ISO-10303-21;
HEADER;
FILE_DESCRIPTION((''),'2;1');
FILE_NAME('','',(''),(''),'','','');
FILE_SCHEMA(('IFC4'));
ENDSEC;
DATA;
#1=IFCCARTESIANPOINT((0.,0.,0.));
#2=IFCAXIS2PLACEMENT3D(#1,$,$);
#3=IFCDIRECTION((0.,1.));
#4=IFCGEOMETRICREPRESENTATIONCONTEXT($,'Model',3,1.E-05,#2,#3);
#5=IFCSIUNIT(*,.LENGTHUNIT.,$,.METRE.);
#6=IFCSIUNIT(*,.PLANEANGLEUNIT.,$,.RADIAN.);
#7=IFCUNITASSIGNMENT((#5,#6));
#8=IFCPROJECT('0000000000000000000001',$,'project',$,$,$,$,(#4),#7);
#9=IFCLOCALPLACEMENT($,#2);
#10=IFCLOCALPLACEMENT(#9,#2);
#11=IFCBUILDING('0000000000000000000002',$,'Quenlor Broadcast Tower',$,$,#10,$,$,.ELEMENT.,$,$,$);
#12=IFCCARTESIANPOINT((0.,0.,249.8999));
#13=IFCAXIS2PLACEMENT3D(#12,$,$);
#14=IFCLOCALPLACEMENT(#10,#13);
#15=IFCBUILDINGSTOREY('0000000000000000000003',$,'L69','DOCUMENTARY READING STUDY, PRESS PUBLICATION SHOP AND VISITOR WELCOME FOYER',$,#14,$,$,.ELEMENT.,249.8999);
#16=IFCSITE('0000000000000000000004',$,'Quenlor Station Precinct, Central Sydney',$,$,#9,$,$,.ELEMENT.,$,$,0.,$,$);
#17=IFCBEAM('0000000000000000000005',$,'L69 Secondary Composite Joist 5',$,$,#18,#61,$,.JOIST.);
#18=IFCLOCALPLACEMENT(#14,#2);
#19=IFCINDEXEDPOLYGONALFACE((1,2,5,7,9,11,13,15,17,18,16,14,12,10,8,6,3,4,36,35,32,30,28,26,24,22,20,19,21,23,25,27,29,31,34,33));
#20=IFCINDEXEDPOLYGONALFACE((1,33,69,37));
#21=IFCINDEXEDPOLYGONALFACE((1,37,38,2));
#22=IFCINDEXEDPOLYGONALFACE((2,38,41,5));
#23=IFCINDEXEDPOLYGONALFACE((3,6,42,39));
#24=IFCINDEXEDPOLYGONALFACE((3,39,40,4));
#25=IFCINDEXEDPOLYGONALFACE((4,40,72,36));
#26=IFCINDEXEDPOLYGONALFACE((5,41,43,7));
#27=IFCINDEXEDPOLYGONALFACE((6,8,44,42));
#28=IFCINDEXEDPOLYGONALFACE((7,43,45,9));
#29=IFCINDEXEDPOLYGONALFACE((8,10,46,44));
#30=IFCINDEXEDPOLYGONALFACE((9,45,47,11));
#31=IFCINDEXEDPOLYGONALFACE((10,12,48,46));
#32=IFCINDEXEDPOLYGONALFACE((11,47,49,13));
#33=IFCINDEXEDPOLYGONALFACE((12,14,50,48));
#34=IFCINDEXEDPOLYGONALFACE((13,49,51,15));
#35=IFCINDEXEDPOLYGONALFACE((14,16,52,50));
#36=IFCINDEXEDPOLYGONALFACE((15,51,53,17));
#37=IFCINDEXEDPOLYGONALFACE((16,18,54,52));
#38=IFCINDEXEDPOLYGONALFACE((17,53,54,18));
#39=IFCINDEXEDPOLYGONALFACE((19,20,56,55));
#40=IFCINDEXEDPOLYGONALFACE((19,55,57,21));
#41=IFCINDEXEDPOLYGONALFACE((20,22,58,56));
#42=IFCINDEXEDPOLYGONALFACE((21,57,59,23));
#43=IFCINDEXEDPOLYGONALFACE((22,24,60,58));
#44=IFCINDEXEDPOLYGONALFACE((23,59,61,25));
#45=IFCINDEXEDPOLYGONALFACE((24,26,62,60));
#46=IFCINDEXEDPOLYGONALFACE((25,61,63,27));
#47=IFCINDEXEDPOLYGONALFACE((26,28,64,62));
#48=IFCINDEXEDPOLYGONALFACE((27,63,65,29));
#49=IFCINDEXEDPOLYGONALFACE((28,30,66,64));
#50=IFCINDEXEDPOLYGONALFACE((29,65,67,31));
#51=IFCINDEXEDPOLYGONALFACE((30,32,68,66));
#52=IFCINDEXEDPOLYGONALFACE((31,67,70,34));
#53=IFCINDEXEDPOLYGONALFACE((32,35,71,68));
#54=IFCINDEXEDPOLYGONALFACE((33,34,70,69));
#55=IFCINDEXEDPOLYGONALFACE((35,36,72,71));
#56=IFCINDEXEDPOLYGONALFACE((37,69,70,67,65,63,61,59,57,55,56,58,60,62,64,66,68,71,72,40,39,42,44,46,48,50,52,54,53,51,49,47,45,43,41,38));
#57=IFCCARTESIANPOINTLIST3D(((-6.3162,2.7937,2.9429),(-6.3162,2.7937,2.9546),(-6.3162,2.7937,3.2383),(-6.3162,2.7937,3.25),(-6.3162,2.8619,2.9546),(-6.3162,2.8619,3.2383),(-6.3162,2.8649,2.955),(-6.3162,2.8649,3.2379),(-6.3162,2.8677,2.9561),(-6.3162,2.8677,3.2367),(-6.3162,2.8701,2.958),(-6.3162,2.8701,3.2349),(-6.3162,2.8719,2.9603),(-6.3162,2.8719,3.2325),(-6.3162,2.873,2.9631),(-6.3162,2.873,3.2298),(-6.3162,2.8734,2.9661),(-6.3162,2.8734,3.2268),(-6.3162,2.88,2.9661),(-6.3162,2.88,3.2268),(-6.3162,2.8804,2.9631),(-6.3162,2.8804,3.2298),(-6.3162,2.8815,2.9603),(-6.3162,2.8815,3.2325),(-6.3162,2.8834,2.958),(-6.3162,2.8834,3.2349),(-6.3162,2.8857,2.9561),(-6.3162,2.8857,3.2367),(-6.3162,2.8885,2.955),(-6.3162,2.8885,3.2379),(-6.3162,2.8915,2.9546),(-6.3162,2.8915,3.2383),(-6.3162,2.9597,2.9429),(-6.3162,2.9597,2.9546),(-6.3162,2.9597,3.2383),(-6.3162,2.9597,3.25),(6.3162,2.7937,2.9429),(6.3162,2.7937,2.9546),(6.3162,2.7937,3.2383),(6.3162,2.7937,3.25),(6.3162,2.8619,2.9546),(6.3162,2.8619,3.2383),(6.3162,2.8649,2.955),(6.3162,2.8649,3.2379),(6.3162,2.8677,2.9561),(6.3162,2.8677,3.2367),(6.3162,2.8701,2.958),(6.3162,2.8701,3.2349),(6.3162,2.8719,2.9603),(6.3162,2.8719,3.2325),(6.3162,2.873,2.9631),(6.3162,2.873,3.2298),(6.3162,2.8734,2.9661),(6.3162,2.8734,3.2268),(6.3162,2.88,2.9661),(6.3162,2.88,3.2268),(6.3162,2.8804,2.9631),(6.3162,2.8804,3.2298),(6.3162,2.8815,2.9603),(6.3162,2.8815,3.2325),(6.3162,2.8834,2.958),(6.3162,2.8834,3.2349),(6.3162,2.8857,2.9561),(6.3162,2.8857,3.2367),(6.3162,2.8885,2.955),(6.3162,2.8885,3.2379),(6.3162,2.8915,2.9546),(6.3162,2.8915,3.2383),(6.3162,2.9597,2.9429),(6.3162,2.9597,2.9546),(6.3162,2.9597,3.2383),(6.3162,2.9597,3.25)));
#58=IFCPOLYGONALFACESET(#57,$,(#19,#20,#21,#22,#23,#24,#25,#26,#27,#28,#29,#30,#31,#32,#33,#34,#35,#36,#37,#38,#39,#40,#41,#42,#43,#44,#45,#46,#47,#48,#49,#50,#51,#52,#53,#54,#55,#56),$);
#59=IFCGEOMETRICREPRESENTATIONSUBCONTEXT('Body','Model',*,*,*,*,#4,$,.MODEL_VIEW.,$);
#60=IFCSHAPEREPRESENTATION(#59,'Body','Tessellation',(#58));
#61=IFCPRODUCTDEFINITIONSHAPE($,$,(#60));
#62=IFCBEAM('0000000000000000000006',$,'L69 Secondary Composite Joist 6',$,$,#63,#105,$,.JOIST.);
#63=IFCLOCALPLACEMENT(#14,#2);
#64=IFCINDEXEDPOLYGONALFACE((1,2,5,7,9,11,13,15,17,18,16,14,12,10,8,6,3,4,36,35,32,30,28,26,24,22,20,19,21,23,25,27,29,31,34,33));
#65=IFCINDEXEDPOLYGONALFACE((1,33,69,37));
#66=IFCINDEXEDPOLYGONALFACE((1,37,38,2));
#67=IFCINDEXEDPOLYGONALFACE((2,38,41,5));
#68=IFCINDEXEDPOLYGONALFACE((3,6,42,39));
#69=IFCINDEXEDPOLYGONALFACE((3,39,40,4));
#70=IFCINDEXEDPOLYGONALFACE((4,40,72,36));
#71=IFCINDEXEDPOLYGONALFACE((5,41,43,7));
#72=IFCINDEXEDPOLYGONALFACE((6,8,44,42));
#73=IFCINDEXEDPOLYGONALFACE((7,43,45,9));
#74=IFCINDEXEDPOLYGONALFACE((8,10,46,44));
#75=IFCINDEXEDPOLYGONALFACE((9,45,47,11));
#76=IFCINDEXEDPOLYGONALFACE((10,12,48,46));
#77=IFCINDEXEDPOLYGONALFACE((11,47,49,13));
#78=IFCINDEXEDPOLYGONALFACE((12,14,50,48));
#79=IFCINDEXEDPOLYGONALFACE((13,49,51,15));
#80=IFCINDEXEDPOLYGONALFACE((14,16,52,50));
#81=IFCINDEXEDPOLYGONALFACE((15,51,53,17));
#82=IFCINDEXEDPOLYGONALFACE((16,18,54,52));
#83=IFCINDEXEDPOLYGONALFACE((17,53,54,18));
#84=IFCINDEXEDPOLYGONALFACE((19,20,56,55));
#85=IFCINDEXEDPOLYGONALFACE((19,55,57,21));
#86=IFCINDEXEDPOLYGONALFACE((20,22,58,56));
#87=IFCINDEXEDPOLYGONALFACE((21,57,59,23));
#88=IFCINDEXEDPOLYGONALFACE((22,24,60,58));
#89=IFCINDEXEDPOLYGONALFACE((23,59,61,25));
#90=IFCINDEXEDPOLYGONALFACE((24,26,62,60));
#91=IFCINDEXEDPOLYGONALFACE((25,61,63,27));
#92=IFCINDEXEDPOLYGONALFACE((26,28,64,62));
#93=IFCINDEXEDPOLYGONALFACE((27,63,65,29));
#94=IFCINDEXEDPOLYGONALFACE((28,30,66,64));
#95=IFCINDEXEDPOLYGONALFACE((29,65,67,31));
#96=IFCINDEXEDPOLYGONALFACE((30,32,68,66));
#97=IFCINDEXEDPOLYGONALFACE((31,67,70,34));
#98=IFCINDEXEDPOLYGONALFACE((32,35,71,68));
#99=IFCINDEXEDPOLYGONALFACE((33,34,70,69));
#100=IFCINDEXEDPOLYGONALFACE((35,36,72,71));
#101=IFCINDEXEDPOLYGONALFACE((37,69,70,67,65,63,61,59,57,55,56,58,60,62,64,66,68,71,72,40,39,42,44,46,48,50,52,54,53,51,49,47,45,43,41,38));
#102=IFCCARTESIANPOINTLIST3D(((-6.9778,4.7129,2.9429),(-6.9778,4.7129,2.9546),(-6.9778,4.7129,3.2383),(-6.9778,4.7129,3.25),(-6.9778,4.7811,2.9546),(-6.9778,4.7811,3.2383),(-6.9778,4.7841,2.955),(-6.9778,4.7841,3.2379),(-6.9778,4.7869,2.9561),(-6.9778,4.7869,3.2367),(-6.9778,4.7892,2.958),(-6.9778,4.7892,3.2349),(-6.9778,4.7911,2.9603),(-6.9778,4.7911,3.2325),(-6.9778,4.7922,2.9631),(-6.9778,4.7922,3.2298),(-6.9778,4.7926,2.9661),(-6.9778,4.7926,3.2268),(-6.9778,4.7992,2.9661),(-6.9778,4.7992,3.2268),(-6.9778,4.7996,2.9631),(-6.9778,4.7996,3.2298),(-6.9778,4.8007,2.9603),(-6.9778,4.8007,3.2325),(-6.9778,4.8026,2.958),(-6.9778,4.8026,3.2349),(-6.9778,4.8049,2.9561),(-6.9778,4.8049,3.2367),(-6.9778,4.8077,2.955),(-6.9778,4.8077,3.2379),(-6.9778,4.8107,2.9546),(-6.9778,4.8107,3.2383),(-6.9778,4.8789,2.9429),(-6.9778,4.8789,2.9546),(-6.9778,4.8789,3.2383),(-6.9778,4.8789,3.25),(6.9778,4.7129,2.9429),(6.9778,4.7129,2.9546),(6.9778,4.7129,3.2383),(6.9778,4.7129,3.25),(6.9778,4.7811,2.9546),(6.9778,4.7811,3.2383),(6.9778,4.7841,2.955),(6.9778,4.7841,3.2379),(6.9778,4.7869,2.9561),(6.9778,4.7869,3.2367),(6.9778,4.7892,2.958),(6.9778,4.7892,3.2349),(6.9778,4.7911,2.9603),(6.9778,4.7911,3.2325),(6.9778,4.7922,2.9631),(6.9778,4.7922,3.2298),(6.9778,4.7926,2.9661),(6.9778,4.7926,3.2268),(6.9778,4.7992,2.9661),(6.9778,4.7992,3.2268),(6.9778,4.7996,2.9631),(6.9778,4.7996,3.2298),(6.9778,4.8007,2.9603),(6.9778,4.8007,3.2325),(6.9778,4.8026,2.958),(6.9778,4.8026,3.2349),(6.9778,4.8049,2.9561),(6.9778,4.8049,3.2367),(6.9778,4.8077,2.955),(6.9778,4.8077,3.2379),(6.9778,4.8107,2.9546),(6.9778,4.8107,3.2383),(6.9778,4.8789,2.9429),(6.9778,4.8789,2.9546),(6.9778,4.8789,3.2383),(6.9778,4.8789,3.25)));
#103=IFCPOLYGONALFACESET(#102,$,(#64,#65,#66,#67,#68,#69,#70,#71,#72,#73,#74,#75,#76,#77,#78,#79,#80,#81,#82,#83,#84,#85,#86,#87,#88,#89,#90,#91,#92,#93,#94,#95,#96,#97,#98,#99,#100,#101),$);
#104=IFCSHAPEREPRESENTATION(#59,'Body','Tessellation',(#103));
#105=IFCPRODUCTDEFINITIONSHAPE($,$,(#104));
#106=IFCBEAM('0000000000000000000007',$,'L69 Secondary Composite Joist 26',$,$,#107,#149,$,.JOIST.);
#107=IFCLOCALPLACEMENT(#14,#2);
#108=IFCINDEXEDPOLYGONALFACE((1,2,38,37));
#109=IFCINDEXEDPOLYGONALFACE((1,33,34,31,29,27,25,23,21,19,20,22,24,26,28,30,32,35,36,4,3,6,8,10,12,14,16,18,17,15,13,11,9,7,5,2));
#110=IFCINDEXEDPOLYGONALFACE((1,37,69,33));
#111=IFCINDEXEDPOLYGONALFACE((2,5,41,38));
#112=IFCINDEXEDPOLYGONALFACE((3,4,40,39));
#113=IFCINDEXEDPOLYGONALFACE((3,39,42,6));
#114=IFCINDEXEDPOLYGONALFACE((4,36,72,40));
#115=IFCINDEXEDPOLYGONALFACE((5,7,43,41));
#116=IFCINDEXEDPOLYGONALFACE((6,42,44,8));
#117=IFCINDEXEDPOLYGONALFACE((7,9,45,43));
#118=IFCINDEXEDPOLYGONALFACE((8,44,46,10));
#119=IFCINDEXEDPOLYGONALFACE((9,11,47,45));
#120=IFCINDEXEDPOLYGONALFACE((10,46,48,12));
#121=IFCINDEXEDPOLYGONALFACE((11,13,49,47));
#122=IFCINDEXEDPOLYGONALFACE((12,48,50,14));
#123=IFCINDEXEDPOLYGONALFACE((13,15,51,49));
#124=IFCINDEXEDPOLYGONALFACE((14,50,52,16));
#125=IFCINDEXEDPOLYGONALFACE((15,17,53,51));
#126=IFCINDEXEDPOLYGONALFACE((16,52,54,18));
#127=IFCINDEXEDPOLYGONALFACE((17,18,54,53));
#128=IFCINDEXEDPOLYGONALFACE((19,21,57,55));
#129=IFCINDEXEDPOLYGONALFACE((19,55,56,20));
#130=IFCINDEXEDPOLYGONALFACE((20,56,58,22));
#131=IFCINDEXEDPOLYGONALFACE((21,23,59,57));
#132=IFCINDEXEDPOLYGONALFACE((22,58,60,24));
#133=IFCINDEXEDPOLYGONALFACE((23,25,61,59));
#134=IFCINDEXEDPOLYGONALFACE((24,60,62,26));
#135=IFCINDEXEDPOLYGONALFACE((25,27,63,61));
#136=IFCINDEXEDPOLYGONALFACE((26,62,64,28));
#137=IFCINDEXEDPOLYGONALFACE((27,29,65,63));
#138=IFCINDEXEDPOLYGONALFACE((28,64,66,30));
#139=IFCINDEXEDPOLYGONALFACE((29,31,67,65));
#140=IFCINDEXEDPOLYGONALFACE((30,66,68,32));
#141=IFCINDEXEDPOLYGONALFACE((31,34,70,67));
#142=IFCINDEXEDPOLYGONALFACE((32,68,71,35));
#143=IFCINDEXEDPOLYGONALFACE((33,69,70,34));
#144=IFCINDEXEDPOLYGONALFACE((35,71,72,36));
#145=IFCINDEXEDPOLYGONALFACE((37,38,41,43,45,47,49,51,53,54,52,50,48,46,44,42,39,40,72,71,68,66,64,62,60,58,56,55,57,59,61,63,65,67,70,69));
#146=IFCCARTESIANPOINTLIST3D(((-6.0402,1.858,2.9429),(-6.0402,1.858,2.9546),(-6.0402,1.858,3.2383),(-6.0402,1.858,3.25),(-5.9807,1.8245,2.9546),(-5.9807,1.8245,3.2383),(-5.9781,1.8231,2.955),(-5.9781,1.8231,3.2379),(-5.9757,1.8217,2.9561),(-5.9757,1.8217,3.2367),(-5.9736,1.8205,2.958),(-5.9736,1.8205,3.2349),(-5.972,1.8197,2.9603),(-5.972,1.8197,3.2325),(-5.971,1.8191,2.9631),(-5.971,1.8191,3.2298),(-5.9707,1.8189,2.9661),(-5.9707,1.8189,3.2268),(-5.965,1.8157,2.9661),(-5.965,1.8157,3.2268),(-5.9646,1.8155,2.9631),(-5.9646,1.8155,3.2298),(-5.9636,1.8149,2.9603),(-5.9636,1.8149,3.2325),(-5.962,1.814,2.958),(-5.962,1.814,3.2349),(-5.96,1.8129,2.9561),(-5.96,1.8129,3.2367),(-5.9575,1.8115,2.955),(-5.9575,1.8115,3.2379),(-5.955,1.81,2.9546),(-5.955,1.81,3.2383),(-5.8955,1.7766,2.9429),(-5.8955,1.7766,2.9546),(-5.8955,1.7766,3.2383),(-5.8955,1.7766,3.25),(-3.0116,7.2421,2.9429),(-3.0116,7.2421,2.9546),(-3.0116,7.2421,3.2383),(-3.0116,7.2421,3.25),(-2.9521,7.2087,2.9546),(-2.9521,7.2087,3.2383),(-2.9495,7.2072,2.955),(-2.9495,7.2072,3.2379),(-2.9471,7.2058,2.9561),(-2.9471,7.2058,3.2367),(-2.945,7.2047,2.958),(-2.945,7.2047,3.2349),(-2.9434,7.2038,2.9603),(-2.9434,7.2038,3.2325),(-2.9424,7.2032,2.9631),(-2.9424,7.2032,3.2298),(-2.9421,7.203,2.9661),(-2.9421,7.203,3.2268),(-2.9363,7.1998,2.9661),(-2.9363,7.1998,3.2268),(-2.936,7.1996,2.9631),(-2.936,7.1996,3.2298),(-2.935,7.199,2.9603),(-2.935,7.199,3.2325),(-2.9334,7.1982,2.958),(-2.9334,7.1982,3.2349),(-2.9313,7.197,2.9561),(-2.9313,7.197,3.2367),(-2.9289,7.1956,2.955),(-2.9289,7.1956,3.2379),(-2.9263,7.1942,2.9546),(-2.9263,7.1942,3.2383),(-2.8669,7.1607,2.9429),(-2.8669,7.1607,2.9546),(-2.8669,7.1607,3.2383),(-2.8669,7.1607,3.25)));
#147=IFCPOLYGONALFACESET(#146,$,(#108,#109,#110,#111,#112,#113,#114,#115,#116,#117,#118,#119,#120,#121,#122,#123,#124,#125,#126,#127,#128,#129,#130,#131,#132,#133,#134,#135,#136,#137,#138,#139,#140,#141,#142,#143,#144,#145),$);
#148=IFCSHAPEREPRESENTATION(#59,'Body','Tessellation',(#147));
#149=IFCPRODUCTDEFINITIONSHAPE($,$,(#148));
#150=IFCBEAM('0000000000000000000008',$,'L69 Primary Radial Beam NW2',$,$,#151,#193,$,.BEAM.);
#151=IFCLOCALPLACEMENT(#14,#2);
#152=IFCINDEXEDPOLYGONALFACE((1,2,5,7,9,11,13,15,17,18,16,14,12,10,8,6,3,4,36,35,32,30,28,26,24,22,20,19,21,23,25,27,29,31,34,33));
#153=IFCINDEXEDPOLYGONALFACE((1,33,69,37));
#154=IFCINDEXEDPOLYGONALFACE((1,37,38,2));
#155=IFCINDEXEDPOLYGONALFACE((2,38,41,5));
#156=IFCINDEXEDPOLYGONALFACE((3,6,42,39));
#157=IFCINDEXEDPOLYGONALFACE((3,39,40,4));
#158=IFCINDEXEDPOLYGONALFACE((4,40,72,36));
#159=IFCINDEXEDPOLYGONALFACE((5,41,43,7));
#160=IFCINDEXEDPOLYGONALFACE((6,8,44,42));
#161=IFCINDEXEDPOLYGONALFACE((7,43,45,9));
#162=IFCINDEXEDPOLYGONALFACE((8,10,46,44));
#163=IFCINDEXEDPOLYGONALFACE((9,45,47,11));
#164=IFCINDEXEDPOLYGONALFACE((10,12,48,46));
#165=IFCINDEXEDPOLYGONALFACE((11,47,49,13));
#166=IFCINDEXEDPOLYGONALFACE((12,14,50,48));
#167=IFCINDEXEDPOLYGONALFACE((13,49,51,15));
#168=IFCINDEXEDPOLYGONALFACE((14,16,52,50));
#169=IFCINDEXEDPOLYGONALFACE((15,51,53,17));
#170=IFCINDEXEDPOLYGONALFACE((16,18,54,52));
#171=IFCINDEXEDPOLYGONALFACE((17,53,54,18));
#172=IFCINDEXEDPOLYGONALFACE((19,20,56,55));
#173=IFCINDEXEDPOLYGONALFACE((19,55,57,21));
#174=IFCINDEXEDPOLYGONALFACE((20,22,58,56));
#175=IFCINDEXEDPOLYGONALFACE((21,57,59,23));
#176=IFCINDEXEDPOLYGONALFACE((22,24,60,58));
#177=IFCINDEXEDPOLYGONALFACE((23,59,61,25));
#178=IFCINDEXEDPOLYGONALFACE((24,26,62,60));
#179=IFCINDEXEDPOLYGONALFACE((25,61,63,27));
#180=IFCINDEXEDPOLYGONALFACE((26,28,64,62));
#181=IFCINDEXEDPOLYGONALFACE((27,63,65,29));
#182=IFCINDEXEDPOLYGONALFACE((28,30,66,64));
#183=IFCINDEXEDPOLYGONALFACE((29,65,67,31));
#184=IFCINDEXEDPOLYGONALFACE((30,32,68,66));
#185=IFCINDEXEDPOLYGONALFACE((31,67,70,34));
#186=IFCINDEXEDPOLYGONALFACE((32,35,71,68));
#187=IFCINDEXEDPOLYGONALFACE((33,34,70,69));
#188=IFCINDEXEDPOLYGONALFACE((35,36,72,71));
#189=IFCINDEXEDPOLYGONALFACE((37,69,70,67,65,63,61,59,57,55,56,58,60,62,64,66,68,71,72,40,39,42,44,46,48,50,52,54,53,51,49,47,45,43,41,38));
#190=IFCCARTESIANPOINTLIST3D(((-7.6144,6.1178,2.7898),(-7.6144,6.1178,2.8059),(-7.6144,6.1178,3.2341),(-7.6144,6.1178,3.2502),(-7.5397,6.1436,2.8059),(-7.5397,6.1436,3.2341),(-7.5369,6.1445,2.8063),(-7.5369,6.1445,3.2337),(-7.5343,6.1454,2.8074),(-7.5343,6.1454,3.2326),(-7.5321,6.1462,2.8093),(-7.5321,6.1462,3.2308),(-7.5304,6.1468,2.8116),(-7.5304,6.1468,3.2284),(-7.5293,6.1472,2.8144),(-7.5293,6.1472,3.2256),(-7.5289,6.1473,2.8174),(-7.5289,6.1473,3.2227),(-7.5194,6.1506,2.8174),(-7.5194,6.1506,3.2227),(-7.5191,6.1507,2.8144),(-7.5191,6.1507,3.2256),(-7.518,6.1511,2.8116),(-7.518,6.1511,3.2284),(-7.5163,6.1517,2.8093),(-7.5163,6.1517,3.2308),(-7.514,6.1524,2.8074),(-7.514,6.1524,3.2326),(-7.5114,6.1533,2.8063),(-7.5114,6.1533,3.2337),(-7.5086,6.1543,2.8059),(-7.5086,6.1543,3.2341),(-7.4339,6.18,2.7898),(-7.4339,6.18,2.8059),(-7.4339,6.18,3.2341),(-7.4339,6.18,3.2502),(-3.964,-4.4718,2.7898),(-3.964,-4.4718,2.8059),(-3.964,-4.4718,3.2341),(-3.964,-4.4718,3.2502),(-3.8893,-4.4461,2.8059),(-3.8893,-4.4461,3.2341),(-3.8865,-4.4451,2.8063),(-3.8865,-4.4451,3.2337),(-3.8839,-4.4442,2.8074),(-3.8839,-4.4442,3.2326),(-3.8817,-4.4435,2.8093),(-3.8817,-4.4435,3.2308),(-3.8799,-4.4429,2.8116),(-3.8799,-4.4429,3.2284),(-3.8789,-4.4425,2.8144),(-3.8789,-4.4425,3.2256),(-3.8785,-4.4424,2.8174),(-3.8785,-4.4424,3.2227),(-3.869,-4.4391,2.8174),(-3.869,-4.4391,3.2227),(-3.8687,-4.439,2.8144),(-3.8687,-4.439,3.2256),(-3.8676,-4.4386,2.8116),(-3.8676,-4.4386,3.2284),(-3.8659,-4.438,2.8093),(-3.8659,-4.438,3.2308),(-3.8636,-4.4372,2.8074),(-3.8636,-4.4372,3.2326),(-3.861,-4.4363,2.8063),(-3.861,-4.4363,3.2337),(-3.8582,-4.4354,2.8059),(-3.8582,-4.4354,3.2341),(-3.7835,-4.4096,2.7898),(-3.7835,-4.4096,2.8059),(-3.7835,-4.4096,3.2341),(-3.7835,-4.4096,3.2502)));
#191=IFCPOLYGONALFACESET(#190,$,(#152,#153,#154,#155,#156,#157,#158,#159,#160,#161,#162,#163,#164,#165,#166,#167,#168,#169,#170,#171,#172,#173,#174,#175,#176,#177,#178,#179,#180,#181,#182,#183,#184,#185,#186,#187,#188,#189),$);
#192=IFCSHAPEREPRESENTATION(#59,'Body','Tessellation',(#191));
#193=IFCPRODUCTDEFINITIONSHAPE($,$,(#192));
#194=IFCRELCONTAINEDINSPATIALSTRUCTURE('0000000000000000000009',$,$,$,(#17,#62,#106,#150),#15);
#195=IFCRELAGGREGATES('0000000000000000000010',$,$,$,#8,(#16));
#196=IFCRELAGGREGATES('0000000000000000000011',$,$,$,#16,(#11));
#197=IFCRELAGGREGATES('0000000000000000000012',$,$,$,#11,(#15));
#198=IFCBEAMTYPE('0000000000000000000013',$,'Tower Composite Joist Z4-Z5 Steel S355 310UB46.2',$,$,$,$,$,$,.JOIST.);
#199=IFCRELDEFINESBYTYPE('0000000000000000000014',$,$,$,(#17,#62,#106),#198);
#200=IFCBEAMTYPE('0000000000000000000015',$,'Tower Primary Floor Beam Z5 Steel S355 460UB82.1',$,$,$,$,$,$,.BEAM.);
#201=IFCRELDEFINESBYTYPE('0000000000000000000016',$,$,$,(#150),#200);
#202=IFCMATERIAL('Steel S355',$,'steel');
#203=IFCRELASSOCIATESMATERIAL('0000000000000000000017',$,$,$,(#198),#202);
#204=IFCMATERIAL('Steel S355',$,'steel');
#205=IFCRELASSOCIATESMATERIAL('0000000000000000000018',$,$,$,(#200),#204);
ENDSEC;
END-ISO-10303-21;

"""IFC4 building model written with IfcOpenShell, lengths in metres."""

from ifc_helpers import new_model, si_unit, direction, frame, origin, origin_2d, place, context, subcontext, project, spatial, i_section, extrude, material, material_profile, profile_set, type_object, element, save


model = new_model("IFC4")

# Units and contexts
model_context = context("Model", 3, precision=1e-05, world=origin(), true_north=direction((0.0, 1.0)))
body_context = subcontext(model_context, "Body", "Model", "MODEL_VIEW")
ifc_project = project(units=[si_unit("LENGTHUNIT", "METRE"), si_unit("PLANEANGLEUNIT", "RADIAN")], contexts=[model_context])

# Site, building, storey
site_placement = place(None, origin())
site = spatial("IfcSite", under=ifc_project, at=site_placement, Name="Quenlor Station Precinct, Central Sydney", CompositionType="ELEMENT", RefElevation=0.0)
building_placement = place(site_placement, origin())
building = spatial("IfcBuilding", under=site, at=building_placement, Name="Quenlor Broadcast Tower", CompositionType="ELEMENT")
storey_placement = place(building_placement, frame((0.0, 0.0, 249.8999)))
storey = spatial("IfcBuildingStorey", under=building, at=storey_placement, Name="L69", Description="DOCUMENTARY READING STUDY, PRESS PUBLICATION SHOP AND VISITOR WELCOME FOYER", CompositionType="ELEMENT", Elevation=249.8999)

# Beams
ifc_material_1 = material(Name="Steel S355", Category="steel")
ifc_material_profile_1 = material_profile(ifc_material_1, i_section(OverallWidth=0.166, OverallDepth=0.3071, WebThickness=0.0066, FlangeThickness=0.0117, FilletRadius=0.0115, at=origin_2d()))
ifc_profile_set_1 = profile_set([ifc_material_profile_1], Name="Steel S355 310UB46.2")
beam_type_1 = type_object("IfcBeamType", Name="Tower Composite Joist Z4-Z5 Steel S355 310UB46.2", PredefinedType="JOIST", material=ifc_profile_set_1)
beam_1_placement = place(storey_placement, frame((-6.3162, 2.8767, 3.0964), z_axis=(1.0, 0.0, 0.0), x_axis=(0.0, 1.0, 0.0)))
element("IfcBeam", 1, at=beam_1_placement, inside=storey, type_object=beam_type_1, Name="L69 Secondary Composite Joist 5", PredefinedType="JOIST", context=body_context, shape_type="SweptSolid", body=[
    extrude(i_section(OverallWidth=0.166, OverallDepth=0.3071, WebThickness=0.0066, FlangeThickness=0.0117, FilletRadius=0.0115, at=origin_2d()), origin(), (0.0, 0.0, 1.0), 12.6323),
])
beam_2_placement = place(storey_placement, frame((-6.9778, 4.7959, 3.0964), z_axis=(1.0, 0.0, 0.0), x_axis=(0.0, 1.0, 0.0)))
element("IfcBeam", 2, at=beam_2_placement, inside=storey, type_object=beam_type_1, Name="L69 Secondary Composite Joist 6", PredefinedType="JOIST", context=body_context, shape_type="SweptSolid", body=[
    extrude(i_section(OverallWidth=0.166, OverallDepth=0.3071, WebThickness=0.0066, FlangeThickness=0.0117, FilletRadius=0.0115, at=origin_2d()), origin(), (0.0, 0.0, 1.0), 13.9556),
])
beam_3_placement = place(storey_placement, frame((-2.9392, 7.2014, 3.0964), z_axis=(-0.490267, -0.871572, 0.0), x_axis=(0.871572, -0.490267, 0.0)))
element("IfcBeam", 3, at=beam_3_placement, inside=storey, type_object=beam_type_1, Name="L69 Secondary Composite Joist 26", PredefinedType="JOIST", context=body_context, shape_type="SweptSolid", body=[
    extrude(i_section(OverallWidth=0.166, OverallDepth=0.3071, WebThickness=0.0066, FlangeThickness=0.0117, FilletRadius=0.0115, at=origin_2d()), origin(), (0.0, 0.0, 1.0), 6.1775),
])
ifc_material_2 = material(Name="Steel S355", Category="steel")
ifc_material_profile_2 = material_profile(ifc_material_2, i_section(OverallWidth=0.1909, OverallDepth=0.4604, WebThickness=0.01, FlangeThickness=0.0161, FilletRadius=0.0115, at=origin_2d()))
ifc_profile_set_2 = profile_set([ifc_material_profile_2], Name="Steel S355 460UB82.1")
beam_type_2 = type_object("IfcBeamType", Name="Tower Primary Floor Beam Z5 Steel S355 460UB82.1", PredefinedType="BEAM", material=ifc_profile_set_2)
beam_4_placement = place(storey_placement, frame((-7.5242, 6.1489, 3.02), z_axis=(0.325895, -0.945406, 0.0), x_axis=(0.945406, 0.325895, 0.0)))
element("IfcBeam", 4, at=beam_4_placement, inside=storey, type_object=beam_type_2, Name="L69 Primary Radial Beam NW2", PredefinedType="BEAM", context=body_context, shape_type="SweptSolid", body=[
    extrude(i_section(OverallWidth=0.1909, OverallDepth=0.4604, WebThickness=0.01, FlangeThickness=0.0161, FilletRadius=0.0115, at=origin_2d()), origin(), (0.0, 0.0, 1.0), 11.2012),
])

save(model, "model.ifc")
